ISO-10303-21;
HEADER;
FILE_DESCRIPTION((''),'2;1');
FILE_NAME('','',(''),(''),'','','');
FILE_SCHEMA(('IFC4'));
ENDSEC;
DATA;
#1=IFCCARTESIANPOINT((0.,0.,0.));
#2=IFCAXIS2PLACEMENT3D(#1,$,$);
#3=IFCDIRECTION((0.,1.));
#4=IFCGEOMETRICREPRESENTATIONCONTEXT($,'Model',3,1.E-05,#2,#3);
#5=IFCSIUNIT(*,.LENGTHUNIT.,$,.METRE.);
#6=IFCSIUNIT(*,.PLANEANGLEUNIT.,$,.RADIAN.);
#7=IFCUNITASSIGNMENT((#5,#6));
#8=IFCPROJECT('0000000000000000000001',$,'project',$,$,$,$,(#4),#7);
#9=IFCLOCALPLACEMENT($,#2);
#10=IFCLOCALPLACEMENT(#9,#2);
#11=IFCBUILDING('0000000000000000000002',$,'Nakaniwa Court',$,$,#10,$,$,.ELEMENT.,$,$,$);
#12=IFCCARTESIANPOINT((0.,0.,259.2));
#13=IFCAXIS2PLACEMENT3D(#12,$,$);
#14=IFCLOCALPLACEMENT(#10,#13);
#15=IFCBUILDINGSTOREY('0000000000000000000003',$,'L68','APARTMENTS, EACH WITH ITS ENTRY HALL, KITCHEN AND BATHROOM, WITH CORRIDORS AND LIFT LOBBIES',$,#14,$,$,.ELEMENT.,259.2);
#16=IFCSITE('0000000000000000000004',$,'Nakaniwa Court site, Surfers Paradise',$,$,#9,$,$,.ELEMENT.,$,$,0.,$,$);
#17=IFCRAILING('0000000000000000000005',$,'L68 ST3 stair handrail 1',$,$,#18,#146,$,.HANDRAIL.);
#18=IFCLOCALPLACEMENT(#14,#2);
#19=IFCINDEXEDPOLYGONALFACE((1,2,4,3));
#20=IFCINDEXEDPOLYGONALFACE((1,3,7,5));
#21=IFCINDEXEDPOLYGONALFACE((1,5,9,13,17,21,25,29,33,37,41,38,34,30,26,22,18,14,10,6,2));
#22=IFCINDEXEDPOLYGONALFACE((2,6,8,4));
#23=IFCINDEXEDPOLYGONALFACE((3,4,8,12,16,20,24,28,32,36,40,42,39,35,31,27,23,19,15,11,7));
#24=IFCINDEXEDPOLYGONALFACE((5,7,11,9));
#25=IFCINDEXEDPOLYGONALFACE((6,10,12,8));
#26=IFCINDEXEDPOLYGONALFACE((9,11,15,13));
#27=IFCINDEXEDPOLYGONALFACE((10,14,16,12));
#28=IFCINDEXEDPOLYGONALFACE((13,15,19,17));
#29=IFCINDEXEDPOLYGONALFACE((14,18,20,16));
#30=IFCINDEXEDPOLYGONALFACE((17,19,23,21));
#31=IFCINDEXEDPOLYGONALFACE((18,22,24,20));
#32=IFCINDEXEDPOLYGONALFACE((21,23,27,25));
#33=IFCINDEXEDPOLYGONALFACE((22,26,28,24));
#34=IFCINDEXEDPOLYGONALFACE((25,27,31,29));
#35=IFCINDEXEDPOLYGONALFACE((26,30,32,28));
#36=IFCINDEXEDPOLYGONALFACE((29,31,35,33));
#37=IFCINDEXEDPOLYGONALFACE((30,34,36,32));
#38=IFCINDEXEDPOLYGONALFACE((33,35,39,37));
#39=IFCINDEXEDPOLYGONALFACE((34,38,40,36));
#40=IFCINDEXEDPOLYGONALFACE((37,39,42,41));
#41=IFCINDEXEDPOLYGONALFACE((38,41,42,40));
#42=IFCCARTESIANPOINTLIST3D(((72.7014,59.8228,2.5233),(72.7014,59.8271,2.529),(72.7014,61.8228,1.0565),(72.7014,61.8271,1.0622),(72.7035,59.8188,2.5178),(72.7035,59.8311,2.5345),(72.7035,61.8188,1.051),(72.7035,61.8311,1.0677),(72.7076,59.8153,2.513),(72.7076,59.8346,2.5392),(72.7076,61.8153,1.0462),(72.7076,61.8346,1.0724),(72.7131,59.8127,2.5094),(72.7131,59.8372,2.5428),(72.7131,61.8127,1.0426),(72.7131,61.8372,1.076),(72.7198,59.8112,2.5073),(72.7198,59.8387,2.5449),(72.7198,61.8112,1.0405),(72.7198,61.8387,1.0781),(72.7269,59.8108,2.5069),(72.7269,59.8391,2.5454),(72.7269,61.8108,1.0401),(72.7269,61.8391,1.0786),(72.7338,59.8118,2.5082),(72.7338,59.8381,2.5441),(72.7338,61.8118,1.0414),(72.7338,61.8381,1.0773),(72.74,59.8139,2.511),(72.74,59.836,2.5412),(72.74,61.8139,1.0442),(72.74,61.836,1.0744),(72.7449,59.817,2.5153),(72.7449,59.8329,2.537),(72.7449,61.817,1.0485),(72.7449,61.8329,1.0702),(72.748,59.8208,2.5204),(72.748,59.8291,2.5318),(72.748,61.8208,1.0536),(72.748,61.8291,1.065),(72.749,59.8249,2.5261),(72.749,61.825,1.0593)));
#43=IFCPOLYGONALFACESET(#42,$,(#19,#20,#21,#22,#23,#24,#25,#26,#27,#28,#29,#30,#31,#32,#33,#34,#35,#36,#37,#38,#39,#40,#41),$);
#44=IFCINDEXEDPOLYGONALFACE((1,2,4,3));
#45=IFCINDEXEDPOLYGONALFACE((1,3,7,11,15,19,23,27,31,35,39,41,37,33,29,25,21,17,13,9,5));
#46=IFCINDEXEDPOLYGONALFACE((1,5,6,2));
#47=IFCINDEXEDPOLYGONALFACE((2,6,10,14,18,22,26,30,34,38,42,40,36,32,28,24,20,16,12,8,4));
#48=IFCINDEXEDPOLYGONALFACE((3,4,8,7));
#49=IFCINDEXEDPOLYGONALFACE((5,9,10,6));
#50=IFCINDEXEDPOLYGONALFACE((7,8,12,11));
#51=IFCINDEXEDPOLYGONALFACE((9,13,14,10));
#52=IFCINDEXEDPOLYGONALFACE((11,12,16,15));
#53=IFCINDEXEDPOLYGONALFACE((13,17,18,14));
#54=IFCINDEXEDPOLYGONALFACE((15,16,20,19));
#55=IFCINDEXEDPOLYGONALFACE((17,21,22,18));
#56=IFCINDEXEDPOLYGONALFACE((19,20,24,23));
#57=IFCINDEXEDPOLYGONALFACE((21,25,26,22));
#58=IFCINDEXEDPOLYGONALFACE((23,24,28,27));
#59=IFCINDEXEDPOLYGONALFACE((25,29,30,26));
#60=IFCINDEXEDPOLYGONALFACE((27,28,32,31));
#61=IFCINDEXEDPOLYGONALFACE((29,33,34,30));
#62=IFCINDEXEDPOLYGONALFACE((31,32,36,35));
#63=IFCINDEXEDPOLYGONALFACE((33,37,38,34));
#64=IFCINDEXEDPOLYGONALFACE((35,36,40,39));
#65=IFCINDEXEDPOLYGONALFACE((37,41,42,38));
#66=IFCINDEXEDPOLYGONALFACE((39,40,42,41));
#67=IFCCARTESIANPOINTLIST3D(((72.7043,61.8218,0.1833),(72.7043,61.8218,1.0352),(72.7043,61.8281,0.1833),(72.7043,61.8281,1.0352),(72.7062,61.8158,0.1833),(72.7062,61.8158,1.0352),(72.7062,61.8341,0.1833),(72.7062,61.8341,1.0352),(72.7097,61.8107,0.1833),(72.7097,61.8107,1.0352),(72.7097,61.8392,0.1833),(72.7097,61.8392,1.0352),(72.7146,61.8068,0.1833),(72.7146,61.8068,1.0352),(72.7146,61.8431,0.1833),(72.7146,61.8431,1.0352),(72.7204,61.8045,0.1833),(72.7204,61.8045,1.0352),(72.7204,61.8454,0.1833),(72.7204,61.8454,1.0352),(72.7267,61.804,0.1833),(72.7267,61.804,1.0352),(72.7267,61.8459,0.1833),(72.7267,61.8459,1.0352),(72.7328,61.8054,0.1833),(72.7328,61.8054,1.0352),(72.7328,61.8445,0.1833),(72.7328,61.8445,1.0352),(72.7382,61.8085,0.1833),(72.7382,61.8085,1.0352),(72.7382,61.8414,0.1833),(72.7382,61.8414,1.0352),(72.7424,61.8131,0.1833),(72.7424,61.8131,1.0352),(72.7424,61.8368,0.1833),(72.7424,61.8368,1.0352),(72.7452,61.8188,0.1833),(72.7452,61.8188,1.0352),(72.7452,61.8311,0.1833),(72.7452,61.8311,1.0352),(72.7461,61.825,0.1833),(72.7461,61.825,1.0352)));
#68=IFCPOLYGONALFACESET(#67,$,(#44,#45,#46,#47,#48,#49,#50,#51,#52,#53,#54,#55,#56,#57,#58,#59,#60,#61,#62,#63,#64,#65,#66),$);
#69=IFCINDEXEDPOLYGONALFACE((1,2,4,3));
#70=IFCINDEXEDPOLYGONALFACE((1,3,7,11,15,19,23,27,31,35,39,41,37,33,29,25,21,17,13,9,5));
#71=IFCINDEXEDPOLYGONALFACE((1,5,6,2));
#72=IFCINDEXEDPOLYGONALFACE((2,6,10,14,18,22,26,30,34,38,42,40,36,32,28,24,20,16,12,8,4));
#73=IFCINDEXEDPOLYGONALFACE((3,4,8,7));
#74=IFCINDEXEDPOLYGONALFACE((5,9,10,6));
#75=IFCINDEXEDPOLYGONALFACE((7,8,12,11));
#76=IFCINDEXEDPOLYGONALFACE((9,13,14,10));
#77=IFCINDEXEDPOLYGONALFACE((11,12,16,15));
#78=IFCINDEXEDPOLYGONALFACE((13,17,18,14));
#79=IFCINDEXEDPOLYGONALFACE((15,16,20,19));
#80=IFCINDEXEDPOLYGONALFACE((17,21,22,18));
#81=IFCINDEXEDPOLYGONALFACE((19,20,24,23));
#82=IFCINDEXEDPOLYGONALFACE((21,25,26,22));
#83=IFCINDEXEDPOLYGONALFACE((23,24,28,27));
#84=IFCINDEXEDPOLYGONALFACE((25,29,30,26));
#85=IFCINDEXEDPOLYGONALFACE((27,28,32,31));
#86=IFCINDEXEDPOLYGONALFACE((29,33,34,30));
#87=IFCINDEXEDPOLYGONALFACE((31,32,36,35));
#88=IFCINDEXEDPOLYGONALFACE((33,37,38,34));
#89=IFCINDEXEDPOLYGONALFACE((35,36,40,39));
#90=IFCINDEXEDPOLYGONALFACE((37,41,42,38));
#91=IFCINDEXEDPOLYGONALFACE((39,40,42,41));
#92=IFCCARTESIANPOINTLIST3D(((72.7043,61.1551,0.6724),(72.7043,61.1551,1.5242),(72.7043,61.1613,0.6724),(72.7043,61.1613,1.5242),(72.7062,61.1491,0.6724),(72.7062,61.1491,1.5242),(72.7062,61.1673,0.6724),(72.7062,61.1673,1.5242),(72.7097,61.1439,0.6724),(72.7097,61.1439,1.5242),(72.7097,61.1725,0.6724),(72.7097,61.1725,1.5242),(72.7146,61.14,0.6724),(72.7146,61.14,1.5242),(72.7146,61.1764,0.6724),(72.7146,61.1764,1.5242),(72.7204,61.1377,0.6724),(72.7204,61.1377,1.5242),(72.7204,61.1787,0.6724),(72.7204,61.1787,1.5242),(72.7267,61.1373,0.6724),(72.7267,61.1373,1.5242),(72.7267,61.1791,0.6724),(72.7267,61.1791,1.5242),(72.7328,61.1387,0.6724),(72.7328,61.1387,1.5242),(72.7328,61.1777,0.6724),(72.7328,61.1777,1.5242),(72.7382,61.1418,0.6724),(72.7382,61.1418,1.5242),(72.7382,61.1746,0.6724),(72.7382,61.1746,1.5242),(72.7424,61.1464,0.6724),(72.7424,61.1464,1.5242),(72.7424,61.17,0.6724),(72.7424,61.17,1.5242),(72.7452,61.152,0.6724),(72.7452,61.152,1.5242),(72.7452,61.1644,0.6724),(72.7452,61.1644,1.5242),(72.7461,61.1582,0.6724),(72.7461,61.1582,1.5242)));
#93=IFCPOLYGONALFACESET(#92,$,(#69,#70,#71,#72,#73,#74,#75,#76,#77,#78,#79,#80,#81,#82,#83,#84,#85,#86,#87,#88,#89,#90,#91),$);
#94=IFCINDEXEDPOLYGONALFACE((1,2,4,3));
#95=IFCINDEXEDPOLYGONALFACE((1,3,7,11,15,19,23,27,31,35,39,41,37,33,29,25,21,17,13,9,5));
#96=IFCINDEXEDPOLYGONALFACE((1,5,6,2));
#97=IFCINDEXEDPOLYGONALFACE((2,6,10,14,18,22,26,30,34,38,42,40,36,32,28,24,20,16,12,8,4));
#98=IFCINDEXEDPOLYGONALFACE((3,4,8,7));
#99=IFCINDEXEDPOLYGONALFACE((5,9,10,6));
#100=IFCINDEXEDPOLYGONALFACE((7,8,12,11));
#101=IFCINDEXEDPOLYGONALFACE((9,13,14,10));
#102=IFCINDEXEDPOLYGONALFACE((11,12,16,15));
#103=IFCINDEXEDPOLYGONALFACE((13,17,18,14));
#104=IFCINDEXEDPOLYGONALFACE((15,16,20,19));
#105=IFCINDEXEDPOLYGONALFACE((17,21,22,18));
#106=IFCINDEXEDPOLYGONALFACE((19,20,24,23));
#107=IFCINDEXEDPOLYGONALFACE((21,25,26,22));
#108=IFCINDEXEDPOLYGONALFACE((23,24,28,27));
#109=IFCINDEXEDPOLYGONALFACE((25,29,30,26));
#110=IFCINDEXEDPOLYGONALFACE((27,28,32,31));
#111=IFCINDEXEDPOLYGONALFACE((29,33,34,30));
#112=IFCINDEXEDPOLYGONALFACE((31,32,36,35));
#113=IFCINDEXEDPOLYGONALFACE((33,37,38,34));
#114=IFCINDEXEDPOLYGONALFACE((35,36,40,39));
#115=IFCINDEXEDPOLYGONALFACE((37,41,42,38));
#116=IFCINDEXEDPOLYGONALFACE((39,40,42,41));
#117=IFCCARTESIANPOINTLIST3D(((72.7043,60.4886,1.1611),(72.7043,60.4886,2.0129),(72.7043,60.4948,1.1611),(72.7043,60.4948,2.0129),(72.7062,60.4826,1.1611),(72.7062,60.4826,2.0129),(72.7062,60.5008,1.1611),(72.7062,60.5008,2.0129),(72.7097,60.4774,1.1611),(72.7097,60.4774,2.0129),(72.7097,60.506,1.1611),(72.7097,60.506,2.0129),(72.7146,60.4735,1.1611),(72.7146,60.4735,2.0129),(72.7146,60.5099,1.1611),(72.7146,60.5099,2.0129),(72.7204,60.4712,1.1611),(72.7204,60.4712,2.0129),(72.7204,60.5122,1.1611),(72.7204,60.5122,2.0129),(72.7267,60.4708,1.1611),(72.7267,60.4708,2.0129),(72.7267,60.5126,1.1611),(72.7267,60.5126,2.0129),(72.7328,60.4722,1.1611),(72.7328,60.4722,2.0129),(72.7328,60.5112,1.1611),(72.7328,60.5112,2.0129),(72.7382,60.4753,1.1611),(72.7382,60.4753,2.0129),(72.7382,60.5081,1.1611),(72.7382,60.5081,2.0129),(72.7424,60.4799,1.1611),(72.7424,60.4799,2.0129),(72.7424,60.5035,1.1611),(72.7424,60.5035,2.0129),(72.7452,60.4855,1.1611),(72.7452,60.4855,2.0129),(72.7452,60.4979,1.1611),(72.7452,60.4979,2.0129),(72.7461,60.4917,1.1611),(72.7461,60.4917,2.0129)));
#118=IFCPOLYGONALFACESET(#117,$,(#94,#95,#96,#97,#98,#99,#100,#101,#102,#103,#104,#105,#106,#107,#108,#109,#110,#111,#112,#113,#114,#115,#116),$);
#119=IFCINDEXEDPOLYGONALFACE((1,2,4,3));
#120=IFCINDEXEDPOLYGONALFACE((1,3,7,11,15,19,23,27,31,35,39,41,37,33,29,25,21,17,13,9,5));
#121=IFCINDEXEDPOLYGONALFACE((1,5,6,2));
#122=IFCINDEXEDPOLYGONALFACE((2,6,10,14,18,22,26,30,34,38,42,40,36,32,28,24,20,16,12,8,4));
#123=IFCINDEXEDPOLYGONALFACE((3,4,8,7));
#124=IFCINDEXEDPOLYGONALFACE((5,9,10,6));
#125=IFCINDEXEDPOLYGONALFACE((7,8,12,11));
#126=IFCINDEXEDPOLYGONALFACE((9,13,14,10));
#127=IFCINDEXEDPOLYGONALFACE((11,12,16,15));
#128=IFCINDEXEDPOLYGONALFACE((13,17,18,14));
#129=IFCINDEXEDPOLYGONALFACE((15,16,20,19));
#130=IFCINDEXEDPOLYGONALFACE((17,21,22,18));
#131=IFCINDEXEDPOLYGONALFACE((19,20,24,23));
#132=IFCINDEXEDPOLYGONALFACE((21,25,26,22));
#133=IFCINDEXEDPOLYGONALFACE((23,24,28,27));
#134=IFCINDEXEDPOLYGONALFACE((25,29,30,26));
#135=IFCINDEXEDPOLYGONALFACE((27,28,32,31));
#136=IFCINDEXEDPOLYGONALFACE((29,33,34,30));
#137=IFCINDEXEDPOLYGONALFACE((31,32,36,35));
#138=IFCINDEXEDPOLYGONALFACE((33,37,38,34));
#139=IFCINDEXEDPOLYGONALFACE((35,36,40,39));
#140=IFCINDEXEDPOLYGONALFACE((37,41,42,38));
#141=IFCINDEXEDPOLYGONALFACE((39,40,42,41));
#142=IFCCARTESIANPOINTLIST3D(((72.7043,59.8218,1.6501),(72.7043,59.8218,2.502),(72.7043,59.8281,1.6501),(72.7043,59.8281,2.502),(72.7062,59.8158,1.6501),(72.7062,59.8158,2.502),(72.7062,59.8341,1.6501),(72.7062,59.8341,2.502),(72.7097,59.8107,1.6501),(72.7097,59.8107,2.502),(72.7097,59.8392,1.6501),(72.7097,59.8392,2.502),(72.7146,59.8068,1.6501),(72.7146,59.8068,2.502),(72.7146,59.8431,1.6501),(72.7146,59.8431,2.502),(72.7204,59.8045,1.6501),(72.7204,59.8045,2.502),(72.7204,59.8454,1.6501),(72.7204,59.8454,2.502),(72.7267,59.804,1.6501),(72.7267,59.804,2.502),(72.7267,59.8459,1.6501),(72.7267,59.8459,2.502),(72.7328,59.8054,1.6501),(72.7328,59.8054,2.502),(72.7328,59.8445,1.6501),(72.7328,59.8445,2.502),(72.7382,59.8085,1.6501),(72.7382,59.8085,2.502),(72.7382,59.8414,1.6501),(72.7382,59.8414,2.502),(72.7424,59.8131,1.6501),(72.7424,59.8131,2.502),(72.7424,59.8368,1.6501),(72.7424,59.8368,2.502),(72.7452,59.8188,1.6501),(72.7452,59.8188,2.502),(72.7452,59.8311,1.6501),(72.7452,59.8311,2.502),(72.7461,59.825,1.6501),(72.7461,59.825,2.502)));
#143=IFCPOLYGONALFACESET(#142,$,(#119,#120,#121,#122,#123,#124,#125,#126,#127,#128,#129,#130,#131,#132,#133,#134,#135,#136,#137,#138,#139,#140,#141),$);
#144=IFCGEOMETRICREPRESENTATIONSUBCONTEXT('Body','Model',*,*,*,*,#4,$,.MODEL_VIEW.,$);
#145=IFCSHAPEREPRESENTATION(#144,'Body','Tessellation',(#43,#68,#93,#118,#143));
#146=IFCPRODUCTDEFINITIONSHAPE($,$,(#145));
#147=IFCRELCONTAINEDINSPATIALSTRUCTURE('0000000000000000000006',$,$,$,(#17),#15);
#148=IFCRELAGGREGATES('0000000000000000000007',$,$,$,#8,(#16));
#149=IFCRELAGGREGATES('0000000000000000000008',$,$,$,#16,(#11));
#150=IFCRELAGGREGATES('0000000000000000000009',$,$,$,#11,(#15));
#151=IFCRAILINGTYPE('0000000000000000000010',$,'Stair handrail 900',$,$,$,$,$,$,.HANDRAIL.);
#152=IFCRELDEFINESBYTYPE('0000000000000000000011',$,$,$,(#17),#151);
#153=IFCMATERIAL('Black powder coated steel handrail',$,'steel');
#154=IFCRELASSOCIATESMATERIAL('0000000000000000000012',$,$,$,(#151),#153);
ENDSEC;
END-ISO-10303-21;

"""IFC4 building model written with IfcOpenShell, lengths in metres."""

from ifc_helpers import new_model, si_unit, direction, frame, origin, origin_2d, place, context, subcontext, project, spatial, circle, extrude, material, type_object, element, save


model = new_model("IFC4")

# Units and contexts
model_context = context("Model", 3, precision=1e-05, world=origin(), true_north=direction((0.0, 1.0)))
body_context = subcontext(model_context, "Body", "Model", "MODEL_VIEW")
ifc_project = project(units=[si_unit("LENGTHUNIT", "METRE"), si_unit("PLANEANGLEUNIT", "RADIAN")], contexts=[model_context])

# Site, building, storey
site_placement = place(None, origin())
site = spatial("IfcSite", under=ifc_project, at=site_placement, Name="Nakaniwa Court site, Surfers Paradise", CompositionType="ELEMENT", RefElevation=0.0)
building_placement = place(site_placement, origin())
building = spatial("IfcBuilding", under=site, at=building_placement, Name="Nakaniwa Court", CompositionType="ELEMENT")
storey_placement = place(building_placement, frame((0.0, 0.0, 259.2)))
storey = spatial("IfcBuildingStorey", under=building, at=storey_placement, Name="L68", Description="APARTMENTS, EACH WITH ITS ENTRY HALL, KITCHEN AND BATHROOM, WITH CORRIDORS AND LIFT LOBBIES", CompositionType="ELEMENT", Elevation=259.2)

# Railing
ifc_material_1 = material(Name="Black powder coated steel handrail", Category="steel")
railing_type_1 = type_object("IfcRailingType", Name="Stair handrail 900", PredefinedType="HANDRAIL", material=ifc_material_1)
railing_1_placement = place(storey_placement, frame((72.7251, 61.825, 0.1833)))
element("IfcRailing", 1, at=railing_1_placement, inside=storey, type_object=railing_type_1, Name="L68 ST3 stair handrail 1", PredefinedType="HANDRAIL", context=body_context, shape_type="SweptSolid", body=[
    extrude(circle(Radius=0.0239, at=origin_2d()), frame((0.0, 0.0, 0.876), z_axis=(0.0, -0.80638, 0.591398), x_axis=(1.0, 0.0, 0.0)), (0.0, 0.0, 1.0), 2.4802),
    extrude(circle(Radius=0.021, at=origin_2d()), origin(), (0.0, 0.0, 1.0), 0.8518),
    extrude(circle(Radius=0.021, at=origin_2d()), frame((0.0, -0.6667, 0.489)), (0.0, 0.0, 1.0), 0.8518),
    extrude(circle(Radius=0.021, at=origin_2d()), frame((0.0, -1.3333, 0.9778)), (0.0, 0.0, 1.0), 0.8518),
    extrude(circle(Radius=0.021, at=origin_2d()), frame((0.0, -2.0, 1.4668)), (0.0, 0.0, 1.0), 0.8518),
])

save(model, "model.ifc")
